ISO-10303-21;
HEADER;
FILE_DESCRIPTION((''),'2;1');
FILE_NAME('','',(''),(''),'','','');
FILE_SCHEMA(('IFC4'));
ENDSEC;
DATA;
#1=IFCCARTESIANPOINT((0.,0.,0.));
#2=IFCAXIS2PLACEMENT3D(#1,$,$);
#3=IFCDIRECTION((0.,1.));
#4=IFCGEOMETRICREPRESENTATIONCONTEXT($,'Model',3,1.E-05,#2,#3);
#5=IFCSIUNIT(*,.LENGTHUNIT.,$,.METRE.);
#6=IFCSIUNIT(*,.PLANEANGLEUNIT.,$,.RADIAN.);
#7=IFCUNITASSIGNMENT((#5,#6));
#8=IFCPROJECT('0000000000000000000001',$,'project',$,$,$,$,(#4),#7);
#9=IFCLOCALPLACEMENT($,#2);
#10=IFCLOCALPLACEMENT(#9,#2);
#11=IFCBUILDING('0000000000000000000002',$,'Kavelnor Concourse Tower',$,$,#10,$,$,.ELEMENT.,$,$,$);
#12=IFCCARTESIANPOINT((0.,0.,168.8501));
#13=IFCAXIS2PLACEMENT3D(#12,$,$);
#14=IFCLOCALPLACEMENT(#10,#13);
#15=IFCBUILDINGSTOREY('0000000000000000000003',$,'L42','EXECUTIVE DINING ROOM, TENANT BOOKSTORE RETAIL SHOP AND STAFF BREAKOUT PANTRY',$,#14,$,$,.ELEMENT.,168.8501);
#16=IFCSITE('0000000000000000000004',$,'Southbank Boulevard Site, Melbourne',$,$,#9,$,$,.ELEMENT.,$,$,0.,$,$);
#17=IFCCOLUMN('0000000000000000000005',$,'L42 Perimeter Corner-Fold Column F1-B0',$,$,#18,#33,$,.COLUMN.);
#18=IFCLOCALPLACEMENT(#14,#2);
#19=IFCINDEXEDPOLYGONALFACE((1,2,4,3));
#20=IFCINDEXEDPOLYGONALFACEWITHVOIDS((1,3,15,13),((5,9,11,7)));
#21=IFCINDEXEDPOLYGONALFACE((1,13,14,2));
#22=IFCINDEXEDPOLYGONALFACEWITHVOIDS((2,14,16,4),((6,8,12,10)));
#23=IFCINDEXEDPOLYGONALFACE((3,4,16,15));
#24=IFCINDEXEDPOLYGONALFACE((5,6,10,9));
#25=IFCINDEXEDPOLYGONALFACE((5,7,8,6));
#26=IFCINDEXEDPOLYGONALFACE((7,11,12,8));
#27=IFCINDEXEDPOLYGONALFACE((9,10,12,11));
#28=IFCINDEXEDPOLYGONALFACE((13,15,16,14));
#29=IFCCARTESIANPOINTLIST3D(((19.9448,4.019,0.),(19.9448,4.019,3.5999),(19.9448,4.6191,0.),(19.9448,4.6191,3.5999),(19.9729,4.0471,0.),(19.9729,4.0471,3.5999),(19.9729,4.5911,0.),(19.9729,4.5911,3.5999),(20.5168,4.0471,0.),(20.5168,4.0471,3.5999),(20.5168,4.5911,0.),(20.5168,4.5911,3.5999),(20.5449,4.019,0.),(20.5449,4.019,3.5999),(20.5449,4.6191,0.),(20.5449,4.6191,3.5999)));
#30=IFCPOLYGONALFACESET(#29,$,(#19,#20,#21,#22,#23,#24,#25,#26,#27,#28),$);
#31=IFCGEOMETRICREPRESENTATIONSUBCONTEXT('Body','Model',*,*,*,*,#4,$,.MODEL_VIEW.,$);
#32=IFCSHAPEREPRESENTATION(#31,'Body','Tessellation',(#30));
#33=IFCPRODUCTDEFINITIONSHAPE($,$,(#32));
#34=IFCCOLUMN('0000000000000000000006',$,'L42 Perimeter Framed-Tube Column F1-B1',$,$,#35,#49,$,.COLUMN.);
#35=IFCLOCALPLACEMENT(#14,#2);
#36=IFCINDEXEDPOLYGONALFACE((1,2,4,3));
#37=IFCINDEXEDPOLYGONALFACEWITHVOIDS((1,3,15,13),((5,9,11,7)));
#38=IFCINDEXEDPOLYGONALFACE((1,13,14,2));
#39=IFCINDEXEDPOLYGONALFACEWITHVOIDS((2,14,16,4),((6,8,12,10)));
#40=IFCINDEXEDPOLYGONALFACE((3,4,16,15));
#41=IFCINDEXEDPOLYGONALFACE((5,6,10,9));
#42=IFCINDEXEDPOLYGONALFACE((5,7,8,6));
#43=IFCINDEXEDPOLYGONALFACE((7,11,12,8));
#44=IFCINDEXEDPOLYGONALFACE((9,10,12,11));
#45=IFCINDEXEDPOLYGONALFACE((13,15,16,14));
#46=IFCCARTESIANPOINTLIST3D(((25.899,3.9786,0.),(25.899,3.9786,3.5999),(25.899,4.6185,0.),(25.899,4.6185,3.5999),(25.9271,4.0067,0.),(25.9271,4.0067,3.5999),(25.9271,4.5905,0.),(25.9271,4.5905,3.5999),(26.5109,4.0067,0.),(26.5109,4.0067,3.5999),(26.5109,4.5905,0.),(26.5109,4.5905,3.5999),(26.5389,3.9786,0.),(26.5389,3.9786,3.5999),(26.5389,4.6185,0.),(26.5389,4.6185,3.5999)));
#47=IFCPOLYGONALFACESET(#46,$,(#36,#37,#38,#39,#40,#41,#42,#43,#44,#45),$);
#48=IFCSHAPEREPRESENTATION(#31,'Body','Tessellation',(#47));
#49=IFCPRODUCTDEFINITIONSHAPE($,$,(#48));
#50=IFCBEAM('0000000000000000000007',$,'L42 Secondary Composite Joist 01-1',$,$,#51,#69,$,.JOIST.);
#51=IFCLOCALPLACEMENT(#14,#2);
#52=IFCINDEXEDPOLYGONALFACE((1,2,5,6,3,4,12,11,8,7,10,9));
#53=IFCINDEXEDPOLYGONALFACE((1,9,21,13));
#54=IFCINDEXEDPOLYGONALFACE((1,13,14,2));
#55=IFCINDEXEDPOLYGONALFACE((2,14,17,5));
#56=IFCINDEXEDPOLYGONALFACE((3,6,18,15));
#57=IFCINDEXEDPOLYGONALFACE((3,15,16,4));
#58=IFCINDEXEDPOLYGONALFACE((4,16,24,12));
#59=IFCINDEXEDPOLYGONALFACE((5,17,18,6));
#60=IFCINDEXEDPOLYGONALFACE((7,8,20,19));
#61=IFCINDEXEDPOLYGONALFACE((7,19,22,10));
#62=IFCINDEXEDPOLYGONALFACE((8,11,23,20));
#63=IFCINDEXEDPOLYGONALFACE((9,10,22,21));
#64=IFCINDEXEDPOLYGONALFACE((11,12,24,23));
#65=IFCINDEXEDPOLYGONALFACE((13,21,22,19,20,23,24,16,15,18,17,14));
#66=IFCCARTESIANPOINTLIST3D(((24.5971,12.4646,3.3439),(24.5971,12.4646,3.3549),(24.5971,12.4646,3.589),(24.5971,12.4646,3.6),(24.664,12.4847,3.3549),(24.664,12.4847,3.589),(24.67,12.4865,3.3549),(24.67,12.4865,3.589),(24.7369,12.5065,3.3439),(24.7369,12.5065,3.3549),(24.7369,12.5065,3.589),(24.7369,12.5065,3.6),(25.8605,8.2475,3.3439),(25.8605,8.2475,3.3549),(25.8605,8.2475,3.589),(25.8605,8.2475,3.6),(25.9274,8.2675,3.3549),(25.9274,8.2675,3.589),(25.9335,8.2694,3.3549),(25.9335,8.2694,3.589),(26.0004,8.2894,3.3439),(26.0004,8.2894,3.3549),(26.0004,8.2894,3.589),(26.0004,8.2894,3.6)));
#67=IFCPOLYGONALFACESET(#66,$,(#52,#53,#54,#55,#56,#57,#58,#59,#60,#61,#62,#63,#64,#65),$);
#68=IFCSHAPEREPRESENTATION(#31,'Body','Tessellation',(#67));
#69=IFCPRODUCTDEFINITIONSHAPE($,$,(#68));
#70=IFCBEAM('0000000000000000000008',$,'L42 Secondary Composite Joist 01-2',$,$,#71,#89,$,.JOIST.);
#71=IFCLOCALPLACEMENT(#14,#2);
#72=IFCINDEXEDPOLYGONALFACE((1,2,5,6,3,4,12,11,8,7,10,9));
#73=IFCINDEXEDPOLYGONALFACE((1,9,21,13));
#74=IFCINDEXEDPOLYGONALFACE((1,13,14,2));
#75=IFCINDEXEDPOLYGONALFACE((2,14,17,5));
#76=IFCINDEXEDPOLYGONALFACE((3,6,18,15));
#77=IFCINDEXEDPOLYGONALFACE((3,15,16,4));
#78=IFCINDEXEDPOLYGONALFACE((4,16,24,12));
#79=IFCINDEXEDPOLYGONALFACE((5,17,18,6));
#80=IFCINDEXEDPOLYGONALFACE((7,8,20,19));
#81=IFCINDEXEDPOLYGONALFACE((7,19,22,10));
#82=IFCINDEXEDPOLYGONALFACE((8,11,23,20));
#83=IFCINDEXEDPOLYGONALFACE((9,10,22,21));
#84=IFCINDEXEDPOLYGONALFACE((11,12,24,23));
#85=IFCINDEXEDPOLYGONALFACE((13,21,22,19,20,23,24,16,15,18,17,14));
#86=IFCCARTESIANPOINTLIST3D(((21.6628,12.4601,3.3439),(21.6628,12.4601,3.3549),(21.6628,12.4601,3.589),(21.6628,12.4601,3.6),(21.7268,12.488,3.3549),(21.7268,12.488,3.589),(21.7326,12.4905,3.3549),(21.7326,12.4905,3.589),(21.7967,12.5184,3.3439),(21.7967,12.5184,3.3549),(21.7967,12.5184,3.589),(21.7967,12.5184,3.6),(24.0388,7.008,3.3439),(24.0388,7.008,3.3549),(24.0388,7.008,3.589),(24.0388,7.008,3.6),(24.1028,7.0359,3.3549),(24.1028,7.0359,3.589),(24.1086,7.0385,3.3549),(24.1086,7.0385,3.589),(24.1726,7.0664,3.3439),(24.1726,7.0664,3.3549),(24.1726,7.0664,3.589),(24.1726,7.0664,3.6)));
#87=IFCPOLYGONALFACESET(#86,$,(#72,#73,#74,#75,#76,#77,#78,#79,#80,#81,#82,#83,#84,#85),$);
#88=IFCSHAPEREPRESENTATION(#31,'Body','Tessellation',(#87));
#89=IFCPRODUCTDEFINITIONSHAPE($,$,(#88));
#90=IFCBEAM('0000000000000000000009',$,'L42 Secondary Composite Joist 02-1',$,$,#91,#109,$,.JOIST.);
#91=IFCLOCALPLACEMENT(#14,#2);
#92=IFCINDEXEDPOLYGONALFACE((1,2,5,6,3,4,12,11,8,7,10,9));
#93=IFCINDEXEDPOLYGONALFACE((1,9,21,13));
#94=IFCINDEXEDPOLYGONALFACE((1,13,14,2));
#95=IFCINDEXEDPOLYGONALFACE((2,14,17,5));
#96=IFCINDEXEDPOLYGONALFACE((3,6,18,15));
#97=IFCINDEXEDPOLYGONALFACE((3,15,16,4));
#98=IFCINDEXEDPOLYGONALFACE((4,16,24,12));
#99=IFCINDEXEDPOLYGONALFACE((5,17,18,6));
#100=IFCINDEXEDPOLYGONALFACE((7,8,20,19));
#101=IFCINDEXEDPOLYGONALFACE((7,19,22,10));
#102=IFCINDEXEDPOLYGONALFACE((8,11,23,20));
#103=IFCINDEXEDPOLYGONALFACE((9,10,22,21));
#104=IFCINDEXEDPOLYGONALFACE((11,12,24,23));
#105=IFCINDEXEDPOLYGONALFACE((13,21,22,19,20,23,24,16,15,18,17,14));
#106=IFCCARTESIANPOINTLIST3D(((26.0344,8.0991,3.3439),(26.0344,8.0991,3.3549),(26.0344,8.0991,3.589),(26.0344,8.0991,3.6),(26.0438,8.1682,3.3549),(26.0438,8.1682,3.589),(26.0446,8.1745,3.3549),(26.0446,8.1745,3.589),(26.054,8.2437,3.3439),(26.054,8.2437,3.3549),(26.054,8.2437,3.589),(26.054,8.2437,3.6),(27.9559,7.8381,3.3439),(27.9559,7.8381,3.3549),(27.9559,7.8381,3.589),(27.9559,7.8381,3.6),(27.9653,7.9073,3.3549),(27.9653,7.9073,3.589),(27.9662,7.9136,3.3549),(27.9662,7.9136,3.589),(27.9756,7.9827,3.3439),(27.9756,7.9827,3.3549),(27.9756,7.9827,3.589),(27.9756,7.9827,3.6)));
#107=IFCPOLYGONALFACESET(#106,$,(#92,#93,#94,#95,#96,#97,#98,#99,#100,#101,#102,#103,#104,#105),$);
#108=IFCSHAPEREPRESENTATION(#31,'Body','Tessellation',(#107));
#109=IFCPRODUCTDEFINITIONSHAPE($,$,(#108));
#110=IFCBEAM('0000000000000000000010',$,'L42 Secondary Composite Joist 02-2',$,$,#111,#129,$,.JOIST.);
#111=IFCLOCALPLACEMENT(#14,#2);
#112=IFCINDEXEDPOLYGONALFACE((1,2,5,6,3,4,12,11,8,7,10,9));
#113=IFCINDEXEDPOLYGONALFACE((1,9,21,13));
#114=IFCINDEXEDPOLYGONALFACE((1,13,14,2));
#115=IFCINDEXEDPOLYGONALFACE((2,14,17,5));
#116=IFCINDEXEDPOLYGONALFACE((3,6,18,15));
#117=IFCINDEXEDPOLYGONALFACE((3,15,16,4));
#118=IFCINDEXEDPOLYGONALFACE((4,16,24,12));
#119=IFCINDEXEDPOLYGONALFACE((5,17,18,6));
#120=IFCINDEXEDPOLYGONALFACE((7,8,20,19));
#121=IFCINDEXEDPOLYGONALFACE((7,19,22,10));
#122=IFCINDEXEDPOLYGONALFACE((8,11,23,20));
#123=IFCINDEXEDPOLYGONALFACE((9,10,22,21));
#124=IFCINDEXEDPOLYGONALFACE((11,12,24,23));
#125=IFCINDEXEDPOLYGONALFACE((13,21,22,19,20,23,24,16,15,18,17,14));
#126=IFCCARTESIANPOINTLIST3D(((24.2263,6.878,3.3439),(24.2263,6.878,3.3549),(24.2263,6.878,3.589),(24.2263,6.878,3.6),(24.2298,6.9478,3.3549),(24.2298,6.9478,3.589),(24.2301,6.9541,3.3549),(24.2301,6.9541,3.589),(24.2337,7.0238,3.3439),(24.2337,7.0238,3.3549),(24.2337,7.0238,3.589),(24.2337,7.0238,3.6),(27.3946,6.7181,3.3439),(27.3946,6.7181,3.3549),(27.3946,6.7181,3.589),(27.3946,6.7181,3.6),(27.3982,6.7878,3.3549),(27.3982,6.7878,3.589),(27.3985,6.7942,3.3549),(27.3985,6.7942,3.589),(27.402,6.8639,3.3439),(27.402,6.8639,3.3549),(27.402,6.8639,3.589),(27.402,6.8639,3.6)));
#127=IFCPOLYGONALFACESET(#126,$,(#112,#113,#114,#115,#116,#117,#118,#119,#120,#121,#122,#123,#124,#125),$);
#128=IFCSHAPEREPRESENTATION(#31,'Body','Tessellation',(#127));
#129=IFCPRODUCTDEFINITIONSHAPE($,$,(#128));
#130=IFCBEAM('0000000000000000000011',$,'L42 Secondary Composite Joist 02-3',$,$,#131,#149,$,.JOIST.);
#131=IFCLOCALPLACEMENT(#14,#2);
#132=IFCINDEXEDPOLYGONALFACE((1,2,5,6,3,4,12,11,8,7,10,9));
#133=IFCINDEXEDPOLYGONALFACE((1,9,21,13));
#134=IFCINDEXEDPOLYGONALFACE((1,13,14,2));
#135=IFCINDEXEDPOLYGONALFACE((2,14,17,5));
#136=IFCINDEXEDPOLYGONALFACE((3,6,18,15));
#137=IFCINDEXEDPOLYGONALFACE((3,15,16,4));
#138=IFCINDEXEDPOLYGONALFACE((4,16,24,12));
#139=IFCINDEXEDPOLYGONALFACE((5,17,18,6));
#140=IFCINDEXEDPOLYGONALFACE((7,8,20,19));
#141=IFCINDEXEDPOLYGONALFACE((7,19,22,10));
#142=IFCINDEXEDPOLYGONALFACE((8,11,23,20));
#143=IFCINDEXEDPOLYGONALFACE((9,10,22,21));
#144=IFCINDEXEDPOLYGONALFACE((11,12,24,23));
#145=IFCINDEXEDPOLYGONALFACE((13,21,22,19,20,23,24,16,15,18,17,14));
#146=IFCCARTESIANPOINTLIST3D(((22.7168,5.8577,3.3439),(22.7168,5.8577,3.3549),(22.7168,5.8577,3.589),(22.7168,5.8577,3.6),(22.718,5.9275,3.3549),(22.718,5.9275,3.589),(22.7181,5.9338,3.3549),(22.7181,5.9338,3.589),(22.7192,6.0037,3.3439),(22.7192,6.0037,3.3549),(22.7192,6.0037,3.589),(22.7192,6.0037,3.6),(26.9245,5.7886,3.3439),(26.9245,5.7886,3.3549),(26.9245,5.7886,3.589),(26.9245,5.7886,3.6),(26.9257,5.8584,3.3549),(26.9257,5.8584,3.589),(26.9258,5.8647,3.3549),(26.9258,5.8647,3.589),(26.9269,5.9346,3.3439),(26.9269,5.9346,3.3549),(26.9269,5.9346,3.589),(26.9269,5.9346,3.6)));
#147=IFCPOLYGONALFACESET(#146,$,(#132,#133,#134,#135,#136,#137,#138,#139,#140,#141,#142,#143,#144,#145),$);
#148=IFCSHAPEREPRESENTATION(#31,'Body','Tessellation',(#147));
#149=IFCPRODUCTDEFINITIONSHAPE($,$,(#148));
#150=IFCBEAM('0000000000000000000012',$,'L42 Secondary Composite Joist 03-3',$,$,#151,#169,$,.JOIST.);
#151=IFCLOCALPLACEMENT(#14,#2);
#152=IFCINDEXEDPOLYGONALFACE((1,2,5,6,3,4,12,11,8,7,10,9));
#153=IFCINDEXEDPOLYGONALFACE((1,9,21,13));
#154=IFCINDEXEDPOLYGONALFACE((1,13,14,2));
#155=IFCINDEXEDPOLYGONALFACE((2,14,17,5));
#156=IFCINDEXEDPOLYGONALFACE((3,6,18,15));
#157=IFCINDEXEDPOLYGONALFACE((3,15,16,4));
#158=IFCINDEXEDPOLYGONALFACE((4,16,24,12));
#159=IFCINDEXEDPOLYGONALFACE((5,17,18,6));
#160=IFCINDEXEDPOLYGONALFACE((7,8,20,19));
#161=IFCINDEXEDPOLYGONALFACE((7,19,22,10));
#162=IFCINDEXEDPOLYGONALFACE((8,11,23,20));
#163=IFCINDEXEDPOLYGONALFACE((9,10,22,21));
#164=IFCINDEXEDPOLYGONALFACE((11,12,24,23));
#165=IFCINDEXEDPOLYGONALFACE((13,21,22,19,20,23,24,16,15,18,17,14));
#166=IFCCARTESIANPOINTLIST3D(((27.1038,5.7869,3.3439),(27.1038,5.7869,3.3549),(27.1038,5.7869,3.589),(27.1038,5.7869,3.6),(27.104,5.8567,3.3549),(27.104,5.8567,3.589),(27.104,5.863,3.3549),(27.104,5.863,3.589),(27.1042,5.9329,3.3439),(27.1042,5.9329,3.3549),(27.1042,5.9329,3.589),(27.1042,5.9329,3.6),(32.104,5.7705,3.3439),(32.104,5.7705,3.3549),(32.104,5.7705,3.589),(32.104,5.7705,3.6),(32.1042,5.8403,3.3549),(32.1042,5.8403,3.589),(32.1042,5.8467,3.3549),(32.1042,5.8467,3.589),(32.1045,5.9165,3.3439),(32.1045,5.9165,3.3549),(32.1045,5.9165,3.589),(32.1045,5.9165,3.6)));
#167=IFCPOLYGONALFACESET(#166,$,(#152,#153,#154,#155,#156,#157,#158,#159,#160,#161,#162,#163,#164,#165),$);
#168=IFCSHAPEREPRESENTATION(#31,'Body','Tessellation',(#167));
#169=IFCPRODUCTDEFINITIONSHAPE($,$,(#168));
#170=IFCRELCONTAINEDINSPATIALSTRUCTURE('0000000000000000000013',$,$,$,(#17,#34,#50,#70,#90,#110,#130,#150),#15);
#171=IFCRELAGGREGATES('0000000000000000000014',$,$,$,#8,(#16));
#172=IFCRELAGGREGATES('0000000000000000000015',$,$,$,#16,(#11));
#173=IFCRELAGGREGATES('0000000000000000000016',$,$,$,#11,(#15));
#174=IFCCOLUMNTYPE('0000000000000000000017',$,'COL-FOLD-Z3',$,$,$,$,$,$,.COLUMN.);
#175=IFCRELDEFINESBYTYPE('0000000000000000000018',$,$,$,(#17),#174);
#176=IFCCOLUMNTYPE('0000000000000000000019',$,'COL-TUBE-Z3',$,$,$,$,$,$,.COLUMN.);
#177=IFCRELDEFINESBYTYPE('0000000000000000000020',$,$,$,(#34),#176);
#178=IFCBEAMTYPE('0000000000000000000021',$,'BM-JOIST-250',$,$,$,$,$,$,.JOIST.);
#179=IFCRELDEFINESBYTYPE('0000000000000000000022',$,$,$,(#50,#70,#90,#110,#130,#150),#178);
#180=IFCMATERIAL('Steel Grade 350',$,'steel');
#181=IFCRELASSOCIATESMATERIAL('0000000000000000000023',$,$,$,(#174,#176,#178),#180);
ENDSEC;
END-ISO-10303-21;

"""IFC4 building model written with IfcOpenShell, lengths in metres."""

from ifc_helpers import new_model, si_unit, direction, frame, origin, origin_2d, place, context, subcontext, project, spatial, hollow_rectangle, i_section, extrude, material, material_profile, profile_set, type_object, element, save


model = new_model("IFC4")

# Units and contexts
model_context = context("Model", 3, precision=1e-05, world=origin(), true_north=direction((0.0, 1.0)))
body_context = subcontext(model_context, "Body", "Model", "MODEL_VIEW")
ifc_project = project(units=[si_unit("LENGTHUNIT", "METRE"), si_unit("PLANEANGLEUNIT", "RADIAN")], contexts=[model_context])

# Site, building, storey
site_placement = place(None, origin())
site = spatial("IfcSite", under=ifc_project, at=site_placement, Name="Southbank Boulevard Site, Melbourne", CompositionType="ELEMENT", RefElevation=0.0)
building_placement = place(site_placement, origin())
building = spatial("IfcBuilding", under=site, at=building_placement, Name="Kavelnor Concourse Tower", CompositionType="ELEMENT")
storey_placement = place(building_placement, frame((0.0, 0.0, 168.8501)))
storey = spatial("IfcBuildingStorey", under=building, at=storey_placement, Name="L42", Description="EXECUTIVE DINING ROOM, TENANT BOOKSTORE RETAIL SHOP AND STAFF BREAKOUT PANTRY", CompositionType="ELEMENT", Elevation=168.8501)

# Columns
ifc_material_1 = material(Name="Steel Grade 350", Category="steel")
ifc_material_profile_1 = material_profile(ifc_material_1, hollow_rectangle(XDim=0.6001, YDim=0.6001, WallThickness=0.0281, at=origin_2d()), Name="SHS 600x600x28")
ifc_profile_set_1 = profile_set([ifc_material_profile_1], Name="Steel Grade 350")
column_type_1 = type_object("IfcColumnType", Name="COL-FOLD-Z3", PredefinedType="COLUMN", material=ifc_profile_set_1)
column_1_placement = place(storey_placement, frame((20.2449, 4.3191, 0.0), z_axis=(0.0, 0.0, 1.0), x_axis=(1.0, 0.0, 0.0)))
element("IfcColumn", 1, at=column_1_placement, inside=storey, type_object=column_type_1, Name="L42 Perimeter Corner-Fold Column F1-B0", PredefinedType="COLUMN", context=body_context, shape_type="SweptSolid", body=[
    extrude(hollow_rectangle(XDim=0.6001, YDim=0.6001, WallThickness=0.0281, at=origin_2d()), origin(), (0.0, 0.0, 1.0), 3.5999),
])
ifc_material_profile_2 = material_profile(ifc_material_1, hollow_rectangle(XDim=0.6399, YDim=0.6399, WallThickness=0.0281, at=origin_2d()), Name="SHS 640x640x28")
ifc_profile_set_2 = profile_set([ifc_material_profile_2], Name="Steel Grade 350")
column_type_2 = type_object("IfcColumnType", Name="COL-TUBE-Z3", PredefinedType="COLUMN", material=ifc_profile_set_2)
column_2_placement = place(storey_placement, frame((26.219, 4.2986, 0.0), z_axis=(0.0, 0.0, 1.0), x_axis=(1.0, 0.0, 0.0)))
element("IfcColumn", 2, at=column_2_placement, inside=storey, type_object=column_type_2, Name="L42 Perimeter Framed-Tube Column F1-B1", PredefinedType="COLUMN", context=body_context, shape_type="SweptSolid", body=[
    extrude(hollow_rectangle(XDim=0.6399, YDim=0.6399, WallThickness=0.0281, at=origin_2d()), origin(), (0.0, 0.0, 1.0), 3.5999),
])

# Beams
ifc_material_profile_3 = material_profile(ifc_material_1, i_section(OverallWidth=0.146, OverallDepth=0.2561, WebThickness=0.0063, FlangeThickness=0.011, at=origin_2d()), Name="250UB37")
ifc_profile_set_3 = profile_set([ifc_material_profile_3], Name="Steel Grade 350")
beam_type_1 = type_object("IfcBeamType", Name="BM-JOIST-250", PredefinedType="JOIST", material=ifc_profile_set_3)
beam_1_placement = place(storey_placement, frame((24.667, 12.4856, 3.4719), z_axis=(0.286997, -0.957932, 0.0), x_axis=(0.957932, 0.286997, 0.0)))
element("IfcBeam", 3, at=beam_1_placement, inside=storey, type_object=beam_type_1, Name="L42 Secondary Composite Joist 01-1", PredefinedType="JOIST", context=body_context, shape_type="SweptSolid", body=[
    extrude(i_section(OverallWidth=0.146, OverallDepth=0.2561, WebThickness=0.0063, FlangeThickness=0.011, at=origin_2d()), origin(), (0.0, 0.0, 1.0), 4.4023),
])
beam_2_placement = place(storey_placement, frame((21.7297, 12.4893, 3.4719), z_axis=(0.399501, -0.916733, 0.0), x_axis=(0.916733, 0.399501, 0.0)))
element("IfcBeam", 4, at=beam_2_placement, inside=storey, type_object=beam_type_1, Name="L42 Secondary Composite Joist 01-2", PredefinedType="JOIST", context=body_context, shape_type="SweptSolid", body=[
    extrude(i_section(OverallWidth=0.146, OverallDepth=0.2561, WebThickness=0.0063, FlangeThickness=0.011, at=origin_2d()), origin(), (0.0, 0.0, 1.0), 5.9473),
])
beam_3_placement = place(storey_placement, frame((26.0442, 8.1714, 3.4719), z_axis=(0.990903, -0.134579, 0.0), x_axis=(0.134579, 0.990903, 0.0)))
element("IfcBeam", 5, at=beam_3_placement, inside=storey, type_object=beam_type_1, Name="L42 Secondary Composite Joist 02-1", PredefinedType="JOIST", context=body_context, shape_type="SweptSolid", body=[
    extrude(i_section(OverallWidth=0.146, OverallDepth=0.2561, WebThickness=0.0063, FlangeThickness=0.011, at=origin_2d()), origin(), (0.0, 0.0, 1.0), 1.9392),
])
beam_4_placement = place(storey_placement, frame((24.23, 6.9509, 3.4719), z_axis=(0.998729, -0.05041, 0.0), x_axis=(0.05041, 0.998729, 0.0)))
element("IfcBeam", 6, at=beam_4_placement, inside=storey, type_object=beam_type_1, Name="L42 Secondary Composite Joist 02-2", PredefinedType="JOIST", context=body_context, shape_type="SweptSolid", body=[
    extrude(i_section(OverallWidth=0.146, OverallDepth=0.2561, WebThickness=0.0063, FlangeThickness=0.011, at=origin_2d()), origin(), (0.0, 0.0, 1.0), 3.1724),
])
beam_5_placement = place(storey_placement, frame((22.718, 5.9307, 3.4719), z_axis=(0.999865, -0.016418, 0.0), x_axis=(0.016418, 0.999865, 0.0)))
element("IfcBeam", 7, at=beam_5_placement, inside=storey, type_object=beam_type_1, Name="L42 Secondary Composite Joist 02-3", PredefinedType="JOIST", context=body_context, shape_type="SweptSolid", body=[
    extrude(i_section(OverallWidth=0.146, OverallDepth=0.2561, WebThickness=0.0063, FlangeThickness=0.011, at=origin_2d()), origin(), (0.0, 0.0, 1.0), 4.2083),
])
beam_6_placement = place(storey_placement, frame((27.104, 5.8599, 3.4719), z_axis=(0.999995, -0.003271, 0.0), x_axis=(0.003271, 0.999995, 0.0)))
element("IfcBeam", 8, at=beam_6_placement, inside=storey, type_object=beam_type_1, Name="L42 Secondary Composite Joist 03-3", PredefinedType="JOIST", context=body_context, shape_type="SweptSolid", body=[
    extrude(i_section(OverallWidth=0.146, OverallDepth=0.2561, WebThickness=0.0063, FlangeThickness=0.011, at=origin_2d()), origin(), (0.0, 0.0, 1.0), 5.0002),
])

save(model, "model.ifc")
